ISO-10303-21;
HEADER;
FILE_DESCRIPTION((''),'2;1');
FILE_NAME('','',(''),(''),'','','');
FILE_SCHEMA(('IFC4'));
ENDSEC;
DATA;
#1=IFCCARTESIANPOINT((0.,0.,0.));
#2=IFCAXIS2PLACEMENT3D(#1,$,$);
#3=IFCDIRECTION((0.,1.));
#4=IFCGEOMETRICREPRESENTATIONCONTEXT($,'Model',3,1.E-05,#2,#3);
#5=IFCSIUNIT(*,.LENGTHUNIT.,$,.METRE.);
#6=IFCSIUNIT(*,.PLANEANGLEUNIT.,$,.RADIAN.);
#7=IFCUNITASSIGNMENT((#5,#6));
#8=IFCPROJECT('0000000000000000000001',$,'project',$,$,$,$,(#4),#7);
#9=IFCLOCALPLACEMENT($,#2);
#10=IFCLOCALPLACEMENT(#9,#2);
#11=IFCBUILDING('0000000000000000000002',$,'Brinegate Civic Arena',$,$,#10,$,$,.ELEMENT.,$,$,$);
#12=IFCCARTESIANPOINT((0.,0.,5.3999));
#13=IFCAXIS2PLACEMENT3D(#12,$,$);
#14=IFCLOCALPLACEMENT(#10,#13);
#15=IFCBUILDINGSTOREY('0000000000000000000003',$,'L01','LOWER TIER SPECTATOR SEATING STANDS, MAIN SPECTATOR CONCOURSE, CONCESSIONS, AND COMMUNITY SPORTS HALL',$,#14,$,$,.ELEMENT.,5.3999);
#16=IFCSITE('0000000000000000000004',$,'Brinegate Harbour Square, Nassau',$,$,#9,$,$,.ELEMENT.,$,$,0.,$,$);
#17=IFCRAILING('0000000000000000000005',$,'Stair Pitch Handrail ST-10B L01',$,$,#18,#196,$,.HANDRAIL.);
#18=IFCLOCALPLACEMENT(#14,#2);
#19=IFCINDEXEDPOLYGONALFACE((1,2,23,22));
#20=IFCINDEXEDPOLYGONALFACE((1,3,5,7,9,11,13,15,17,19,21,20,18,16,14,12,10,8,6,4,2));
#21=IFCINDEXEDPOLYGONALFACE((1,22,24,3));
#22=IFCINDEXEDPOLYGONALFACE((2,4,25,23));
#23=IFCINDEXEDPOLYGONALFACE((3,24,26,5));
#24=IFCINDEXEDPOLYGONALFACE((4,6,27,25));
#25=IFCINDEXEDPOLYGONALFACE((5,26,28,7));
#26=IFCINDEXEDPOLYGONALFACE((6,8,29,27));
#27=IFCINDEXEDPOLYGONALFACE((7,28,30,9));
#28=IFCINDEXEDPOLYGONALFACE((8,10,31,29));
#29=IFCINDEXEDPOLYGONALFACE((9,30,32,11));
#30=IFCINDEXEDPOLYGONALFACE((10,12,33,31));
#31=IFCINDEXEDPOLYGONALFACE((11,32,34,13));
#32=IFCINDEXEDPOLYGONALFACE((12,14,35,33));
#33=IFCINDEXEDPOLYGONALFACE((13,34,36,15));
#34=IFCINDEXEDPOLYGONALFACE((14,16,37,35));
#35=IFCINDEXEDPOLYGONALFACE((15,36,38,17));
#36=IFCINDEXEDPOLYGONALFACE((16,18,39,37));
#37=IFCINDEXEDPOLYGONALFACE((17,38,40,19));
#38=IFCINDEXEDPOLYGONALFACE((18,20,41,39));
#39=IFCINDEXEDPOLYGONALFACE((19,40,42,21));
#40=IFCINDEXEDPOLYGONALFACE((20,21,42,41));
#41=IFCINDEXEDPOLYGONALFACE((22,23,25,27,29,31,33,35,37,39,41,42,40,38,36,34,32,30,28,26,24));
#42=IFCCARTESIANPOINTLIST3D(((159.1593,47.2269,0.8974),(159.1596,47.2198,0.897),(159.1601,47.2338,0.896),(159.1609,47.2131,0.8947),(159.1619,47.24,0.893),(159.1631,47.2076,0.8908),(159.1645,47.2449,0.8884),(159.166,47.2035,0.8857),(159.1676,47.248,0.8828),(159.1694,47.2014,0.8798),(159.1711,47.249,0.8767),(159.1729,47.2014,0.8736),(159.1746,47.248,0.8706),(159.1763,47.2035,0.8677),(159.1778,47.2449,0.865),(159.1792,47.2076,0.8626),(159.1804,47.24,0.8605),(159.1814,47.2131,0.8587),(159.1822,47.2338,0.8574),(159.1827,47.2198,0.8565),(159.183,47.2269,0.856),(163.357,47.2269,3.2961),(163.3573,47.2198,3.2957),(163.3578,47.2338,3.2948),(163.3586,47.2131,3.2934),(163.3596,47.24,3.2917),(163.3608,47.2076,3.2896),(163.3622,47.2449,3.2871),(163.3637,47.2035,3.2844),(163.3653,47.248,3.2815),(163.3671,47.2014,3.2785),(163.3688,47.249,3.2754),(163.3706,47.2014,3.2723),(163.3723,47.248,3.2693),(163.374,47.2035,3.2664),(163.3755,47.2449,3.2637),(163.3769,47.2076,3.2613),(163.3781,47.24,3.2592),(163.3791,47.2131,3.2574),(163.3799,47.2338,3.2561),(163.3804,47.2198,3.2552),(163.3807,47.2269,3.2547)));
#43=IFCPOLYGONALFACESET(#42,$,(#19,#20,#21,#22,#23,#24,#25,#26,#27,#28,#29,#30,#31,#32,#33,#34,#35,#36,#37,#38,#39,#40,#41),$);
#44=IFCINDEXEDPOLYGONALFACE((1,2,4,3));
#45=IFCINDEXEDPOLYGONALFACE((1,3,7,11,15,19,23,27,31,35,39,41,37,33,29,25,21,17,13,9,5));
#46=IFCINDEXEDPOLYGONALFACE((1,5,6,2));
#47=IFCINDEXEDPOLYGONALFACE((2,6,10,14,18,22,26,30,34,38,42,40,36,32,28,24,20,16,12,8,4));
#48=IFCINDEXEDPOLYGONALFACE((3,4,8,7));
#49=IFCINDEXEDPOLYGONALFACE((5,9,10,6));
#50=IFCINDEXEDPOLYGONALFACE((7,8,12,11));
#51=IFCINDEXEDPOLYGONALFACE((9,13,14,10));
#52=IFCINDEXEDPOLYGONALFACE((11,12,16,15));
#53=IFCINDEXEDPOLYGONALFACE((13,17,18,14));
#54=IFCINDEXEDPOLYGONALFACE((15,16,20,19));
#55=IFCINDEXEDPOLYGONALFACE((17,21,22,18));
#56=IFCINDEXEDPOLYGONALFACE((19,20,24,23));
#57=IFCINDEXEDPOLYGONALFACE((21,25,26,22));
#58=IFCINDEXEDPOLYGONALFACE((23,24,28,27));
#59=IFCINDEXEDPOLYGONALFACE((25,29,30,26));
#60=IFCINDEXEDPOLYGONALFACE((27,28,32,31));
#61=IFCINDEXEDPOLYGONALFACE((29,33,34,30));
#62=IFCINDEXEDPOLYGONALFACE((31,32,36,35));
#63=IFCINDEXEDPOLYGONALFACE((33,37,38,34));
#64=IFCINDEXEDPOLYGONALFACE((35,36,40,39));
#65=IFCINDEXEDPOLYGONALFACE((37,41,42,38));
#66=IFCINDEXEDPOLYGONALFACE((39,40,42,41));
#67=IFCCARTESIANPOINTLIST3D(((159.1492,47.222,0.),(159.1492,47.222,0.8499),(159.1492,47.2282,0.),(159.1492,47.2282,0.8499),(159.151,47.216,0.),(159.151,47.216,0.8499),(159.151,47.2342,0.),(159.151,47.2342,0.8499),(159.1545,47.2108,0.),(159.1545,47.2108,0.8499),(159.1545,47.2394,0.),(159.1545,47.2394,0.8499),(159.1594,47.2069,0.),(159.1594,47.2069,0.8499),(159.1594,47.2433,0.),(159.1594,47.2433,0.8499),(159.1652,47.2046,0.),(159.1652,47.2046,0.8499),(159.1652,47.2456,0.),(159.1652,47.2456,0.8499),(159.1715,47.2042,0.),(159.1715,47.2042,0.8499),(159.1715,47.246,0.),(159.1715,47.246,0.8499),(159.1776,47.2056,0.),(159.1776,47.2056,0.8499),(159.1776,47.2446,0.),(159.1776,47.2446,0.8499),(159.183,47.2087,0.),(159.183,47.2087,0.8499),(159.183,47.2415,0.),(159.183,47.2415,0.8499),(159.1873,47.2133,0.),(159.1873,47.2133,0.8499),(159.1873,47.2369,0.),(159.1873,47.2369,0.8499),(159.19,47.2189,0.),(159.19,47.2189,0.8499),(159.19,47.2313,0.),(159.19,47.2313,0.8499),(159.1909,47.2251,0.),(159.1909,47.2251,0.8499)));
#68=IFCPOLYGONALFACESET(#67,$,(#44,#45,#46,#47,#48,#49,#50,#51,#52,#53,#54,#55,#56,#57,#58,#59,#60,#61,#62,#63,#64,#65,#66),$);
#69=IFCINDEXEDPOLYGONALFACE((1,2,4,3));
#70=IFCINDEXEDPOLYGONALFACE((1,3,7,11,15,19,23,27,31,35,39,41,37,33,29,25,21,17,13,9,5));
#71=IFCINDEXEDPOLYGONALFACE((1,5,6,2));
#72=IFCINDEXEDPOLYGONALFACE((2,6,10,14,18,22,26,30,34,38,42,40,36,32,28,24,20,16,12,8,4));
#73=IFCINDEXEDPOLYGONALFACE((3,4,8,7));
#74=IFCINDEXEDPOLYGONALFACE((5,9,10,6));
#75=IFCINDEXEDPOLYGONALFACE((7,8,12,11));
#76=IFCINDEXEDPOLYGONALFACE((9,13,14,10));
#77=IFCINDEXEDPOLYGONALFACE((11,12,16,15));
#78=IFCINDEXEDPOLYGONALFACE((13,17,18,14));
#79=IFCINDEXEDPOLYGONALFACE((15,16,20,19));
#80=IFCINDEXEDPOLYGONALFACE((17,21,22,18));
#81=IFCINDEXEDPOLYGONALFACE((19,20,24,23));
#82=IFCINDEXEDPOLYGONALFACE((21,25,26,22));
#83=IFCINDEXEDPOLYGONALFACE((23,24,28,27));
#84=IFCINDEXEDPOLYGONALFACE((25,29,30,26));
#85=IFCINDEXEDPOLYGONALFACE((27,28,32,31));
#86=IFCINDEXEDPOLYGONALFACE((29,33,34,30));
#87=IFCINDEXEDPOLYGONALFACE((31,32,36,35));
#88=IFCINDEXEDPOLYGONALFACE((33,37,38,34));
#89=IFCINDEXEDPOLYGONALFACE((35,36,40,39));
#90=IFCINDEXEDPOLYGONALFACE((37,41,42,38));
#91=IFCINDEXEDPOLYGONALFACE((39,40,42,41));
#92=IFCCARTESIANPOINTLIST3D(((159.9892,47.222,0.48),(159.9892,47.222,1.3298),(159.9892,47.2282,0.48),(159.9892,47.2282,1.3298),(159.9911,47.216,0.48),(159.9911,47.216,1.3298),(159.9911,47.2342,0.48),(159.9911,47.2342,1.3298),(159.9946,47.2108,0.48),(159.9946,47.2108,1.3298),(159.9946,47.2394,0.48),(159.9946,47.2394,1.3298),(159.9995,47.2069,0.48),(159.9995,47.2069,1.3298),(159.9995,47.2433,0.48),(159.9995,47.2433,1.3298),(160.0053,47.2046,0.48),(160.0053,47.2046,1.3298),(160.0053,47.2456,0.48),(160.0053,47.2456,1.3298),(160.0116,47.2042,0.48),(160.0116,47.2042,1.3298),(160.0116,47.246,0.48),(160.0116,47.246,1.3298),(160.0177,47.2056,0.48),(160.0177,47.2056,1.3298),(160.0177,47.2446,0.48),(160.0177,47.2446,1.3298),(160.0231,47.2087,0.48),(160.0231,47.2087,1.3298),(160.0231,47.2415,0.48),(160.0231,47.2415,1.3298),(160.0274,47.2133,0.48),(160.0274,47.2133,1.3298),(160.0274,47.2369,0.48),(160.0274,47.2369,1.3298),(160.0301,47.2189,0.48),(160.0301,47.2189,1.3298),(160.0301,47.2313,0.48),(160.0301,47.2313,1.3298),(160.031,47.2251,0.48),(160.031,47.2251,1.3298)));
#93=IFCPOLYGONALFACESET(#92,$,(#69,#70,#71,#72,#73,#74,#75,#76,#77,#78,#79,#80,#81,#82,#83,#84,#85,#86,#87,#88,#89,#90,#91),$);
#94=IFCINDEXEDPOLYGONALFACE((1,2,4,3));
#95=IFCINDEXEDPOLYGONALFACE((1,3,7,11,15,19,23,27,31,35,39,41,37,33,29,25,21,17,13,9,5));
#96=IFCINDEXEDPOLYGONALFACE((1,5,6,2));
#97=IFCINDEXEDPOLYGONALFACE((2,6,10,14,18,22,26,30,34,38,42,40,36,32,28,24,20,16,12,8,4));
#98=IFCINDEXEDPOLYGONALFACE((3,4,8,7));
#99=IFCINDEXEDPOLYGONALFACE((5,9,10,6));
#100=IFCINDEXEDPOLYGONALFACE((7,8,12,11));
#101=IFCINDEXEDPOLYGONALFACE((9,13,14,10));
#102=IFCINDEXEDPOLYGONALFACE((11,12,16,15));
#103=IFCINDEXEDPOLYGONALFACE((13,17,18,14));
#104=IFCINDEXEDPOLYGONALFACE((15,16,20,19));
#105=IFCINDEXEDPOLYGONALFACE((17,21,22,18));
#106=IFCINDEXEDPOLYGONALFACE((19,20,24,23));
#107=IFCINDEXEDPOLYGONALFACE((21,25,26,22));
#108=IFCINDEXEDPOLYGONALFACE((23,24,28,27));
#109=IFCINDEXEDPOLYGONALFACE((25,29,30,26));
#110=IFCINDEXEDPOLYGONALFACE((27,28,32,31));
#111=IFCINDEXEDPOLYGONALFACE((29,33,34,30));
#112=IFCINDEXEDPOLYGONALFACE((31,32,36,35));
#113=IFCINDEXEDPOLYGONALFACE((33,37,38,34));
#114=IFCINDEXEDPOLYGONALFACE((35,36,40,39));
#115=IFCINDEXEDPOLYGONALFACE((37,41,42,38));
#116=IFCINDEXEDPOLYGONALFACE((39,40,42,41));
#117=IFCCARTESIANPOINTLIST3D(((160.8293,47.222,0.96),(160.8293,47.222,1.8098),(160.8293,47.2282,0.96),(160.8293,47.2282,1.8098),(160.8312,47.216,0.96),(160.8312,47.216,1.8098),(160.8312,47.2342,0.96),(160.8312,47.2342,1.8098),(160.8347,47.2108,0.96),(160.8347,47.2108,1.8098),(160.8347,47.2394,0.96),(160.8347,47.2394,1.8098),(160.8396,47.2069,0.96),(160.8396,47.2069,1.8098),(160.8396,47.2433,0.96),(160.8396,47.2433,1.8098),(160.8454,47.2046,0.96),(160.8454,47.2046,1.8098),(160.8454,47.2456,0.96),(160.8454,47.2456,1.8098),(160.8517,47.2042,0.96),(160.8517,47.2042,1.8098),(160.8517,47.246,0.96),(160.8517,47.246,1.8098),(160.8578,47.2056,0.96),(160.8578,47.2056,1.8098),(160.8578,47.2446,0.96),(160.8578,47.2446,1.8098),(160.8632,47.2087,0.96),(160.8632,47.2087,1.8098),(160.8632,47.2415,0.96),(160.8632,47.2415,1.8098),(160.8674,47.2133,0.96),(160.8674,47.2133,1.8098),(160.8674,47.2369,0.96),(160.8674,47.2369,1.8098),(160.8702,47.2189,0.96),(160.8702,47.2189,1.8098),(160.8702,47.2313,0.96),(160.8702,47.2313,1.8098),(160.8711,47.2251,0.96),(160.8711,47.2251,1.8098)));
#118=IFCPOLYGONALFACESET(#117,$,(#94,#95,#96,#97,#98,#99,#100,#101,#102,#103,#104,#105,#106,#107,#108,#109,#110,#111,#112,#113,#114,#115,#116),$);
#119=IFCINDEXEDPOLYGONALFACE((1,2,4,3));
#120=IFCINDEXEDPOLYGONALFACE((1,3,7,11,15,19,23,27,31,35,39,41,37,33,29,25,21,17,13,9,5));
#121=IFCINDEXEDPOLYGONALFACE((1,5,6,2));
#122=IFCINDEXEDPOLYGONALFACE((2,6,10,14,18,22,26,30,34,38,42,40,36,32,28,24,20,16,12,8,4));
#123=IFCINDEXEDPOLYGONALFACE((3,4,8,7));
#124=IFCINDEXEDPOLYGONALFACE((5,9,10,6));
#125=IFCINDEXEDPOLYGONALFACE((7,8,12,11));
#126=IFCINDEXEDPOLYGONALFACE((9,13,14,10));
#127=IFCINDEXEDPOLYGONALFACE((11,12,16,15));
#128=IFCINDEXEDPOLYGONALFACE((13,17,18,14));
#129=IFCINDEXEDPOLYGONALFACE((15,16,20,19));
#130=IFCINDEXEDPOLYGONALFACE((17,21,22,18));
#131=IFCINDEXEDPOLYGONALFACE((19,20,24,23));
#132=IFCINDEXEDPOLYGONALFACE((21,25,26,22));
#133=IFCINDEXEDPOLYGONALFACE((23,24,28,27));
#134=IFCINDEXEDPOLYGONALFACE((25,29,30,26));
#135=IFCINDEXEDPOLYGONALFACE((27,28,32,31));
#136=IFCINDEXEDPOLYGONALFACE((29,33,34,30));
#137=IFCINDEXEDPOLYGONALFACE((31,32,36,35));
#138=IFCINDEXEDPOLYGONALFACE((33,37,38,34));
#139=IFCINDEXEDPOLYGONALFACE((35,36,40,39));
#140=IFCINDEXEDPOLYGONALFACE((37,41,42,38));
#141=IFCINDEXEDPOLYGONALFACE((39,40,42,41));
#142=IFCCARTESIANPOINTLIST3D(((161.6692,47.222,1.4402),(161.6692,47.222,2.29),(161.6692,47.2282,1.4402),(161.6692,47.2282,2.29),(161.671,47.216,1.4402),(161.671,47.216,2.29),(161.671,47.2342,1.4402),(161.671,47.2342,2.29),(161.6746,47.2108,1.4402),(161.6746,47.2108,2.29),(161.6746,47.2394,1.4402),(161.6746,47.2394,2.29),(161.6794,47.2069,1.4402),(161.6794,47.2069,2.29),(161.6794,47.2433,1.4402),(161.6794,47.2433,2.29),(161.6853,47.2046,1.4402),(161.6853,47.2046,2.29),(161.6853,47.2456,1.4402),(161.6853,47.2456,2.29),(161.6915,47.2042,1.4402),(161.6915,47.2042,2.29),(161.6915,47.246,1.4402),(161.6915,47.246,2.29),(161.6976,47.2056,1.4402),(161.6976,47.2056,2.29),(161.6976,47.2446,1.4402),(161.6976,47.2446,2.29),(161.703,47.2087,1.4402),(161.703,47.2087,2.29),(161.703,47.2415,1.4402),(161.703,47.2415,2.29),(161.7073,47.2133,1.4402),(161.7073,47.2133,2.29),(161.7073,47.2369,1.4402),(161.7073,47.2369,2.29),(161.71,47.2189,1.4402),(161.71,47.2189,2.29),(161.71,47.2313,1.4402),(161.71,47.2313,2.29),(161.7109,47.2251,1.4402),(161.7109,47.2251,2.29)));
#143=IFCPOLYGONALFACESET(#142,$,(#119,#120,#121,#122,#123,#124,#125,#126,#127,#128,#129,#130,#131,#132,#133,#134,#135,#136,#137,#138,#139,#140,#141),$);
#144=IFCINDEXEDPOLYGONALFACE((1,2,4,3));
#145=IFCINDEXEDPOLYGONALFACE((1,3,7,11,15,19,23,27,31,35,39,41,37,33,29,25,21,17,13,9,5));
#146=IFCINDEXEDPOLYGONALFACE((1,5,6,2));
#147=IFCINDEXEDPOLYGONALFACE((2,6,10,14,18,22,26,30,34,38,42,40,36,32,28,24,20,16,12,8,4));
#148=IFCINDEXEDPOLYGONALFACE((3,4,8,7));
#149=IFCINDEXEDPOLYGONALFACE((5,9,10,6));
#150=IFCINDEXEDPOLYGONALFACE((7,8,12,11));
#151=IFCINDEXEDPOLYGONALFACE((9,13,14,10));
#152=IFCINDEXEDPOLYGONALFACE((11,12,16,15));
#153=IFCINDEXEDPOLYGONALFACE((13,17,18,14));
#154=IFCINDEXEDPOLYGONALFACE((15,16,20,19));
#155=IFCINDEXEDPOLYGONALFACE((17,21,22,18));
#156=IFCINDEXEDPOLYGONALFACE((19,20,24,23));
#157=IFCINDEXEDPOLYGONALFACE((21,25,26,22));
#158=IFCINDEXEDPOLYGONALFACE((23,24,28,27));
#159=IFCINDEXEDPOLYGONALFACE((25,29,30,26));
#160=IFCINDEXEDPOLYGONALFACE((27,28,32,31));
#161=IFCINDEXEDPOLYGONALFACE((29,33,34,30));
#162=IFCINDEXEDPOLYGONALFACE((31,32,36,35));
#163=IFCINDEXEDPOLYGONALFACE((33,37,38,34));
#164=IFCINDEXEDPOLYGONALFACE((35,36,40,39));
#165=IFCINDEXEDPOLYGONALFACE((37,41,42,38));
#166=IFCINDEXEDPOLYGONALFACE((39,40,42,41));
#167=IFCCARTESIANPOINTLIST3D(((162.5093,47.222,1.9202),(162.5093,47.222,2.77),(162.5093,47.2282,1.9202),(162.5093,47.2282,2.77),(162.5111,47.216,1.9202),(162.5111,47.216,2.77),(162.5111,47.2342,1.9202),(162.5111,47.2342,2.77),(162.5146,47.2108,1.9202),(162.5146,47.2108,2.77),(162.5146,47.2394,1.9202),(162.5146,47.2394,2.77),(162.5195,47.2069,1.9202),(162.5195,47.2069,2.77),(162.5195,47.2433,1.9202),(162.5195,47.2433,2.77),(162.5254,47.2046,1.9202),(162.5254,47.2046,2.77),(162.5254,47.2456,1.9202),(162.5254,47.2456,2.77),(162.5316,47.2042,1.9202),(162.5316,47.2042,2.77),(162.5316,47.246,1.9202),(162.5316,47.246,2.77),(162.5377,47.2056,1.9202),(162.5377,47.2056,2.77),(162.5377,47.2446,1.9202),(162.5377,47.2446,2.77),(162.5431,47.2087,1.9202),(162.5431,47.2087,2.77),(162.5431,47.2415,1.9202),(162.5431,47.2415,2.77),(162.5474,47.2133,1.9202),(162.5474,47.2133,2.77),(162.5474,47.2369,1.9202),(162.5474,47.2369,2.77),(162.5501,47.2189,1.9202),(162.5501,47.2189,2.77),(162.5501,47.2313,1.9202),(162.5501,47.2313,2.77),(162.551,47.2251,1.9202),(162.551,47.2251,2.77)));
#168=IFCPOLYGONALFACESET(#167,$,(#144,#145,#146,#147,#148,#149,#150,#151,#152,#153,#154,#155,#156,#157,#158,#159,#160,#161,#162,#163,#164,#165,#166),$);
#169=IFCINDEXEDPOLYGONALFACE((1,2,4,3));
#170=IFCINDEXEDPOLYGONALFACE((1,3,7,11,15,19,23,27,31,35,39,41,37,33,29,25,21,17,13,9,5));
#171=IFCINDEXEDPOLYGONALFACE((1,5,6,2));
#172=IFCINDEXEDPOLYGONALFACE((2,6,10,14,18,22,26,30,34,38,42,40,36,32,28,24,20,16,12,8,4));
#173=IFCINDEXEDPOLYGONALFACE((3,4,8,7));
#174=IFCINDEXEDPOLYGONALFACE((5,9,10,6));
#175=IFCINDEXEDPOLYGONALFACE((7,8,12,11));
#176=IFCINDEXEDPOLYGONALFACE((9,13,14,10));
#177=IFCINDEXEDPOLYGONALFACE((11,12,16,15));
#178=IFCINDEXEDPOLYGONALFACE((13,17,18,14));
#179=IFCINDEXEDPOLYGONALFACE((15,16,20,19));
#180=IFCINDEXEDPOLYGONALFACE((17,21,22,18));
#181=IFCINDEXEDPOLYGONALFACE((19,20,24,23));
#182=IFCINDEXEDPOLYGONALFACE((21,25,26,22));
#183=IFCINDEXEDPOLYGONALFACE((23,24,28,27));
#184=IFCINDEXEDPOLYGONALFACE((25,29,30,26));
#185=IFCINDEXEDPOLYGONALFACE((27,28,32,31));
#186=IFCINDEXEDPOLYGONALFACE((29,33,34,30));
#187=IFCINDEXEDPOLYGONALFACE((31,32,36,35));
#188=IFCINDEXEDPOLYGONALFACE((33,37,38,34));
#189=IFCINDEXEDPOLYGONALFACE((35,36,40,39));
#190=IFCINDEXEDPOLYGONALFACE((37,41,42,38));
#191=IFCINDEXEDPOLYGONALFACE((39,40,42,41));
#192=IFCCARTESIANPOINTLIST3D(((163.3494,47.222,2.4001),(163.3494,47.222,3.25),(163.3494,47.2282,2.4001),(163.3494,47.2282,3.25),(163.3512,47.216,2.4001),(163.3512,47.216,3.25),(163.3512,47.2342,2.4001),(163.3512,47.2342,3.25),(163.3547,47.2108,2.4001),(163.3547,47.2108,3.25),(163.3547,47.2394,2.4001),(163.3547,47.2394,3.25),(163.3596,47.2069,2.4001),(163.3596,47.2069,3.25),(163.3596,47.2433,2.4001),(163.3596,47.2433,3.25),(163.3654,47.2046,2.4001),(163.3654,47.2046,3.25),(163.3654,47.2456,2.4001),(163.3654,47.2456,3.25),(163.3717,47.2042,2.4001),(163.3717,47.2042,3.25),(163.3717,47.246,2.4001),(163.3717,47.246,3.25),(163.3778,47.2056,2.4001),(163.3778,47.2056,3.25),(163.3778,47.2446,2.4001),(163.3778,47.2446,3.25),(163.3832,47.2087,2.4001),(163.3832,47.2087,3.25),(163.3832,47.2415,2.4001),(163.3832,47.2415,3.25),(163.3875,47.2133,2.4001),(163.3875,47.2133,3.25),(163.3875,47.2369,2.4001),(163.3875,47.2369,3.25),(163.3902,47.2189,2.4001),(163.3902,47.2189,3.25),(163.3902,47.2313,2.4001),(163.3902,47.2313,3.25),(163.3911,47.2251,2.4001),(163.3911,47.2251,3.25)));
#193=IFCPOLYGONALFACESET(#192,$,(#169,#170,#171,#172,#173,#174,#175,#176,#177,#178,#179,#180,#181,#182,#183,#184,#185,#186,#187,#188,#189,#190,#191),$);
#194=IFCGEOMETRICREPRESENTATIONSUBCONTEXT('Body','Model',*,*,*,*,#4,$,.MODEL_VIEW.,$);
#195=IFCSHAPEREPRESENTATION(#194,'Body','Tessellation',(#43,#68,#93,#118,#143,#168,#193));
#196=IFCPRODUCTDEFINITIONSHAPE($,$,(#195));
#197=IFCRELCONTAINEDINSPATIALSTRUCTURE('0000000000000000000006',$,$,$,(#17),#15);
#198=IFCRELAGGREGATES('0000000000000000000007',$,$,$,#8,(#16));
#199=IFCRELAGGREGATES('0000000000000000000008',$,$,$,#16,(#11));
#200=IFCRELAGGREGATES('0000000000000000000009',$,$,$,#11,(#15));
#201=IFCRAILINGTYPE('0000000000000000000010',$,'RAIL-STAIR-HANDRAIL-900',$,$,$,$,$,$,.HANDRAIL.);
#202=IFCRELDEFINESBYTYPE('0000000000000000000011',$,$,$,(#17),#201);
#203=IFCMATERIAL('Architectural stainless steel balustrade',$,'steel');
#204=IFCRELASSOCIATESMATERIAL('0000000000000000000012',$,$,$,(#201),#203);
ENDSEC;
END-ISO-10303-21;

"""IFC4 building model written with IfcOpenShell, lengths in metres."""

from ifc_helpers import new_model, si_unit, direction, frame, origin, origin_2d, place, context, subcontext, project, spatial, circle, extrude, material, type_object, element, save


model = new_model("IFC4")

# Units and contexts
model_context = context("Model", 3, precision=1e-05, world=origin(), true_north=direction((0.0, 1.0)))
body_context = subcontext(model_context, "Body", "Model", "MODEL_VIEW")
ifc_project = project(units=[si_unit("LENGTHUNIT", "METRE"), si_unit("PLANEANGLEUNIT", "RADIAN")], contexts=[model_context])

# Site, building, storey
site_placement = place(None, origin())
site = spatial("IfcSite", under=ifc_project, at=site_placement, Name="Brinegate Harbour Square, Nassau", CompositionType="ELEMENT", RefElevation=0.0)
building_placement = place(site_placement, origin())
building = spatial("IfcBuilding", under=site, at=building_placement, Name="Brinegate Civic Arena", CompositionType="ELEMENT")
storey_placement = place(building_placement, frame((0.0, 0.0, 5.3999)))
storey = spatial("IfcBuildingStorey", under=building, at=storey_placement, Name="L01", Description="LOWER TIER SPECTATOR SEATING STANDS, MAIN SPECTATOR CONCOURSE, CONCESSIONS, AND COMMUNITY SPORTS HALL", CompositionType="ELEMENT", Elevation=5.3999)

# Railing
ifc_material_1 = material(Name="Architectural stainless steel balustrade", Category="steel")
railing_type = type_object("IfcRailingType", Name="RAIL-STAIR-HANDRAIL-900", PredefinedType="HANDRAIL", material=ifc_material_1)
for number, where, name in (
    (1, (159.1699, 47.2251, 0.0), "Stair Pitch Handrail ST-10B L01"),
):
    element("IfcRailing", number, at=place(storey_placement, frame(where)), inside=storey, type_object=railing_type, Name=name, PredefinedType="HANDRAIL", context=body_context, shape_type="SweptSolid", body=[
        extrude(circle(Radius=0.0239, at=origin_2d()), frame((0.0012, 0.0, 0.8767), z_axis=(0.86824, 0.0, 0.496144), x_axis=(0.0, 1.0, 0.0)), (0.0, 0.0, 1.0), 4.8347),
        extrude(circle(Radius=0.021, at=origin_2d()), origin(), (0.0, 0.0, 1.0), 0.8499),
        extrude(circle(Radius=0.021, at=origin_2d()), frame((0.8401, 0.0, 0.48)), (0.0, 0.0, 1.0), 0.8499),
        extrude(circle(Radius=0.021, at=origin_2d()), frame((1.6802, 0.0, 0.96)), (0.0, 0.0, 1.0), 0.8499),
        extrude(circle(Radius=0.021, at=origin_2d()), frame((2.52, 0.0, 1.4402)), (0.0, 0.0, 1.0), 0.8499),
        extrude(circle(Radius=0.021, at=origin_2d()), frame((3.3601, 0.0, 1.9202)), (0.0, 0.0, 1.0), 0.8499),
        extrude(circle(Radius=0.021, at=origin_2d()), frame((4.2002, 0.0, 2.4001)), (0.0, 0.0, 1.0), 0.8499),
    ])

save(model, "model.ifc")
